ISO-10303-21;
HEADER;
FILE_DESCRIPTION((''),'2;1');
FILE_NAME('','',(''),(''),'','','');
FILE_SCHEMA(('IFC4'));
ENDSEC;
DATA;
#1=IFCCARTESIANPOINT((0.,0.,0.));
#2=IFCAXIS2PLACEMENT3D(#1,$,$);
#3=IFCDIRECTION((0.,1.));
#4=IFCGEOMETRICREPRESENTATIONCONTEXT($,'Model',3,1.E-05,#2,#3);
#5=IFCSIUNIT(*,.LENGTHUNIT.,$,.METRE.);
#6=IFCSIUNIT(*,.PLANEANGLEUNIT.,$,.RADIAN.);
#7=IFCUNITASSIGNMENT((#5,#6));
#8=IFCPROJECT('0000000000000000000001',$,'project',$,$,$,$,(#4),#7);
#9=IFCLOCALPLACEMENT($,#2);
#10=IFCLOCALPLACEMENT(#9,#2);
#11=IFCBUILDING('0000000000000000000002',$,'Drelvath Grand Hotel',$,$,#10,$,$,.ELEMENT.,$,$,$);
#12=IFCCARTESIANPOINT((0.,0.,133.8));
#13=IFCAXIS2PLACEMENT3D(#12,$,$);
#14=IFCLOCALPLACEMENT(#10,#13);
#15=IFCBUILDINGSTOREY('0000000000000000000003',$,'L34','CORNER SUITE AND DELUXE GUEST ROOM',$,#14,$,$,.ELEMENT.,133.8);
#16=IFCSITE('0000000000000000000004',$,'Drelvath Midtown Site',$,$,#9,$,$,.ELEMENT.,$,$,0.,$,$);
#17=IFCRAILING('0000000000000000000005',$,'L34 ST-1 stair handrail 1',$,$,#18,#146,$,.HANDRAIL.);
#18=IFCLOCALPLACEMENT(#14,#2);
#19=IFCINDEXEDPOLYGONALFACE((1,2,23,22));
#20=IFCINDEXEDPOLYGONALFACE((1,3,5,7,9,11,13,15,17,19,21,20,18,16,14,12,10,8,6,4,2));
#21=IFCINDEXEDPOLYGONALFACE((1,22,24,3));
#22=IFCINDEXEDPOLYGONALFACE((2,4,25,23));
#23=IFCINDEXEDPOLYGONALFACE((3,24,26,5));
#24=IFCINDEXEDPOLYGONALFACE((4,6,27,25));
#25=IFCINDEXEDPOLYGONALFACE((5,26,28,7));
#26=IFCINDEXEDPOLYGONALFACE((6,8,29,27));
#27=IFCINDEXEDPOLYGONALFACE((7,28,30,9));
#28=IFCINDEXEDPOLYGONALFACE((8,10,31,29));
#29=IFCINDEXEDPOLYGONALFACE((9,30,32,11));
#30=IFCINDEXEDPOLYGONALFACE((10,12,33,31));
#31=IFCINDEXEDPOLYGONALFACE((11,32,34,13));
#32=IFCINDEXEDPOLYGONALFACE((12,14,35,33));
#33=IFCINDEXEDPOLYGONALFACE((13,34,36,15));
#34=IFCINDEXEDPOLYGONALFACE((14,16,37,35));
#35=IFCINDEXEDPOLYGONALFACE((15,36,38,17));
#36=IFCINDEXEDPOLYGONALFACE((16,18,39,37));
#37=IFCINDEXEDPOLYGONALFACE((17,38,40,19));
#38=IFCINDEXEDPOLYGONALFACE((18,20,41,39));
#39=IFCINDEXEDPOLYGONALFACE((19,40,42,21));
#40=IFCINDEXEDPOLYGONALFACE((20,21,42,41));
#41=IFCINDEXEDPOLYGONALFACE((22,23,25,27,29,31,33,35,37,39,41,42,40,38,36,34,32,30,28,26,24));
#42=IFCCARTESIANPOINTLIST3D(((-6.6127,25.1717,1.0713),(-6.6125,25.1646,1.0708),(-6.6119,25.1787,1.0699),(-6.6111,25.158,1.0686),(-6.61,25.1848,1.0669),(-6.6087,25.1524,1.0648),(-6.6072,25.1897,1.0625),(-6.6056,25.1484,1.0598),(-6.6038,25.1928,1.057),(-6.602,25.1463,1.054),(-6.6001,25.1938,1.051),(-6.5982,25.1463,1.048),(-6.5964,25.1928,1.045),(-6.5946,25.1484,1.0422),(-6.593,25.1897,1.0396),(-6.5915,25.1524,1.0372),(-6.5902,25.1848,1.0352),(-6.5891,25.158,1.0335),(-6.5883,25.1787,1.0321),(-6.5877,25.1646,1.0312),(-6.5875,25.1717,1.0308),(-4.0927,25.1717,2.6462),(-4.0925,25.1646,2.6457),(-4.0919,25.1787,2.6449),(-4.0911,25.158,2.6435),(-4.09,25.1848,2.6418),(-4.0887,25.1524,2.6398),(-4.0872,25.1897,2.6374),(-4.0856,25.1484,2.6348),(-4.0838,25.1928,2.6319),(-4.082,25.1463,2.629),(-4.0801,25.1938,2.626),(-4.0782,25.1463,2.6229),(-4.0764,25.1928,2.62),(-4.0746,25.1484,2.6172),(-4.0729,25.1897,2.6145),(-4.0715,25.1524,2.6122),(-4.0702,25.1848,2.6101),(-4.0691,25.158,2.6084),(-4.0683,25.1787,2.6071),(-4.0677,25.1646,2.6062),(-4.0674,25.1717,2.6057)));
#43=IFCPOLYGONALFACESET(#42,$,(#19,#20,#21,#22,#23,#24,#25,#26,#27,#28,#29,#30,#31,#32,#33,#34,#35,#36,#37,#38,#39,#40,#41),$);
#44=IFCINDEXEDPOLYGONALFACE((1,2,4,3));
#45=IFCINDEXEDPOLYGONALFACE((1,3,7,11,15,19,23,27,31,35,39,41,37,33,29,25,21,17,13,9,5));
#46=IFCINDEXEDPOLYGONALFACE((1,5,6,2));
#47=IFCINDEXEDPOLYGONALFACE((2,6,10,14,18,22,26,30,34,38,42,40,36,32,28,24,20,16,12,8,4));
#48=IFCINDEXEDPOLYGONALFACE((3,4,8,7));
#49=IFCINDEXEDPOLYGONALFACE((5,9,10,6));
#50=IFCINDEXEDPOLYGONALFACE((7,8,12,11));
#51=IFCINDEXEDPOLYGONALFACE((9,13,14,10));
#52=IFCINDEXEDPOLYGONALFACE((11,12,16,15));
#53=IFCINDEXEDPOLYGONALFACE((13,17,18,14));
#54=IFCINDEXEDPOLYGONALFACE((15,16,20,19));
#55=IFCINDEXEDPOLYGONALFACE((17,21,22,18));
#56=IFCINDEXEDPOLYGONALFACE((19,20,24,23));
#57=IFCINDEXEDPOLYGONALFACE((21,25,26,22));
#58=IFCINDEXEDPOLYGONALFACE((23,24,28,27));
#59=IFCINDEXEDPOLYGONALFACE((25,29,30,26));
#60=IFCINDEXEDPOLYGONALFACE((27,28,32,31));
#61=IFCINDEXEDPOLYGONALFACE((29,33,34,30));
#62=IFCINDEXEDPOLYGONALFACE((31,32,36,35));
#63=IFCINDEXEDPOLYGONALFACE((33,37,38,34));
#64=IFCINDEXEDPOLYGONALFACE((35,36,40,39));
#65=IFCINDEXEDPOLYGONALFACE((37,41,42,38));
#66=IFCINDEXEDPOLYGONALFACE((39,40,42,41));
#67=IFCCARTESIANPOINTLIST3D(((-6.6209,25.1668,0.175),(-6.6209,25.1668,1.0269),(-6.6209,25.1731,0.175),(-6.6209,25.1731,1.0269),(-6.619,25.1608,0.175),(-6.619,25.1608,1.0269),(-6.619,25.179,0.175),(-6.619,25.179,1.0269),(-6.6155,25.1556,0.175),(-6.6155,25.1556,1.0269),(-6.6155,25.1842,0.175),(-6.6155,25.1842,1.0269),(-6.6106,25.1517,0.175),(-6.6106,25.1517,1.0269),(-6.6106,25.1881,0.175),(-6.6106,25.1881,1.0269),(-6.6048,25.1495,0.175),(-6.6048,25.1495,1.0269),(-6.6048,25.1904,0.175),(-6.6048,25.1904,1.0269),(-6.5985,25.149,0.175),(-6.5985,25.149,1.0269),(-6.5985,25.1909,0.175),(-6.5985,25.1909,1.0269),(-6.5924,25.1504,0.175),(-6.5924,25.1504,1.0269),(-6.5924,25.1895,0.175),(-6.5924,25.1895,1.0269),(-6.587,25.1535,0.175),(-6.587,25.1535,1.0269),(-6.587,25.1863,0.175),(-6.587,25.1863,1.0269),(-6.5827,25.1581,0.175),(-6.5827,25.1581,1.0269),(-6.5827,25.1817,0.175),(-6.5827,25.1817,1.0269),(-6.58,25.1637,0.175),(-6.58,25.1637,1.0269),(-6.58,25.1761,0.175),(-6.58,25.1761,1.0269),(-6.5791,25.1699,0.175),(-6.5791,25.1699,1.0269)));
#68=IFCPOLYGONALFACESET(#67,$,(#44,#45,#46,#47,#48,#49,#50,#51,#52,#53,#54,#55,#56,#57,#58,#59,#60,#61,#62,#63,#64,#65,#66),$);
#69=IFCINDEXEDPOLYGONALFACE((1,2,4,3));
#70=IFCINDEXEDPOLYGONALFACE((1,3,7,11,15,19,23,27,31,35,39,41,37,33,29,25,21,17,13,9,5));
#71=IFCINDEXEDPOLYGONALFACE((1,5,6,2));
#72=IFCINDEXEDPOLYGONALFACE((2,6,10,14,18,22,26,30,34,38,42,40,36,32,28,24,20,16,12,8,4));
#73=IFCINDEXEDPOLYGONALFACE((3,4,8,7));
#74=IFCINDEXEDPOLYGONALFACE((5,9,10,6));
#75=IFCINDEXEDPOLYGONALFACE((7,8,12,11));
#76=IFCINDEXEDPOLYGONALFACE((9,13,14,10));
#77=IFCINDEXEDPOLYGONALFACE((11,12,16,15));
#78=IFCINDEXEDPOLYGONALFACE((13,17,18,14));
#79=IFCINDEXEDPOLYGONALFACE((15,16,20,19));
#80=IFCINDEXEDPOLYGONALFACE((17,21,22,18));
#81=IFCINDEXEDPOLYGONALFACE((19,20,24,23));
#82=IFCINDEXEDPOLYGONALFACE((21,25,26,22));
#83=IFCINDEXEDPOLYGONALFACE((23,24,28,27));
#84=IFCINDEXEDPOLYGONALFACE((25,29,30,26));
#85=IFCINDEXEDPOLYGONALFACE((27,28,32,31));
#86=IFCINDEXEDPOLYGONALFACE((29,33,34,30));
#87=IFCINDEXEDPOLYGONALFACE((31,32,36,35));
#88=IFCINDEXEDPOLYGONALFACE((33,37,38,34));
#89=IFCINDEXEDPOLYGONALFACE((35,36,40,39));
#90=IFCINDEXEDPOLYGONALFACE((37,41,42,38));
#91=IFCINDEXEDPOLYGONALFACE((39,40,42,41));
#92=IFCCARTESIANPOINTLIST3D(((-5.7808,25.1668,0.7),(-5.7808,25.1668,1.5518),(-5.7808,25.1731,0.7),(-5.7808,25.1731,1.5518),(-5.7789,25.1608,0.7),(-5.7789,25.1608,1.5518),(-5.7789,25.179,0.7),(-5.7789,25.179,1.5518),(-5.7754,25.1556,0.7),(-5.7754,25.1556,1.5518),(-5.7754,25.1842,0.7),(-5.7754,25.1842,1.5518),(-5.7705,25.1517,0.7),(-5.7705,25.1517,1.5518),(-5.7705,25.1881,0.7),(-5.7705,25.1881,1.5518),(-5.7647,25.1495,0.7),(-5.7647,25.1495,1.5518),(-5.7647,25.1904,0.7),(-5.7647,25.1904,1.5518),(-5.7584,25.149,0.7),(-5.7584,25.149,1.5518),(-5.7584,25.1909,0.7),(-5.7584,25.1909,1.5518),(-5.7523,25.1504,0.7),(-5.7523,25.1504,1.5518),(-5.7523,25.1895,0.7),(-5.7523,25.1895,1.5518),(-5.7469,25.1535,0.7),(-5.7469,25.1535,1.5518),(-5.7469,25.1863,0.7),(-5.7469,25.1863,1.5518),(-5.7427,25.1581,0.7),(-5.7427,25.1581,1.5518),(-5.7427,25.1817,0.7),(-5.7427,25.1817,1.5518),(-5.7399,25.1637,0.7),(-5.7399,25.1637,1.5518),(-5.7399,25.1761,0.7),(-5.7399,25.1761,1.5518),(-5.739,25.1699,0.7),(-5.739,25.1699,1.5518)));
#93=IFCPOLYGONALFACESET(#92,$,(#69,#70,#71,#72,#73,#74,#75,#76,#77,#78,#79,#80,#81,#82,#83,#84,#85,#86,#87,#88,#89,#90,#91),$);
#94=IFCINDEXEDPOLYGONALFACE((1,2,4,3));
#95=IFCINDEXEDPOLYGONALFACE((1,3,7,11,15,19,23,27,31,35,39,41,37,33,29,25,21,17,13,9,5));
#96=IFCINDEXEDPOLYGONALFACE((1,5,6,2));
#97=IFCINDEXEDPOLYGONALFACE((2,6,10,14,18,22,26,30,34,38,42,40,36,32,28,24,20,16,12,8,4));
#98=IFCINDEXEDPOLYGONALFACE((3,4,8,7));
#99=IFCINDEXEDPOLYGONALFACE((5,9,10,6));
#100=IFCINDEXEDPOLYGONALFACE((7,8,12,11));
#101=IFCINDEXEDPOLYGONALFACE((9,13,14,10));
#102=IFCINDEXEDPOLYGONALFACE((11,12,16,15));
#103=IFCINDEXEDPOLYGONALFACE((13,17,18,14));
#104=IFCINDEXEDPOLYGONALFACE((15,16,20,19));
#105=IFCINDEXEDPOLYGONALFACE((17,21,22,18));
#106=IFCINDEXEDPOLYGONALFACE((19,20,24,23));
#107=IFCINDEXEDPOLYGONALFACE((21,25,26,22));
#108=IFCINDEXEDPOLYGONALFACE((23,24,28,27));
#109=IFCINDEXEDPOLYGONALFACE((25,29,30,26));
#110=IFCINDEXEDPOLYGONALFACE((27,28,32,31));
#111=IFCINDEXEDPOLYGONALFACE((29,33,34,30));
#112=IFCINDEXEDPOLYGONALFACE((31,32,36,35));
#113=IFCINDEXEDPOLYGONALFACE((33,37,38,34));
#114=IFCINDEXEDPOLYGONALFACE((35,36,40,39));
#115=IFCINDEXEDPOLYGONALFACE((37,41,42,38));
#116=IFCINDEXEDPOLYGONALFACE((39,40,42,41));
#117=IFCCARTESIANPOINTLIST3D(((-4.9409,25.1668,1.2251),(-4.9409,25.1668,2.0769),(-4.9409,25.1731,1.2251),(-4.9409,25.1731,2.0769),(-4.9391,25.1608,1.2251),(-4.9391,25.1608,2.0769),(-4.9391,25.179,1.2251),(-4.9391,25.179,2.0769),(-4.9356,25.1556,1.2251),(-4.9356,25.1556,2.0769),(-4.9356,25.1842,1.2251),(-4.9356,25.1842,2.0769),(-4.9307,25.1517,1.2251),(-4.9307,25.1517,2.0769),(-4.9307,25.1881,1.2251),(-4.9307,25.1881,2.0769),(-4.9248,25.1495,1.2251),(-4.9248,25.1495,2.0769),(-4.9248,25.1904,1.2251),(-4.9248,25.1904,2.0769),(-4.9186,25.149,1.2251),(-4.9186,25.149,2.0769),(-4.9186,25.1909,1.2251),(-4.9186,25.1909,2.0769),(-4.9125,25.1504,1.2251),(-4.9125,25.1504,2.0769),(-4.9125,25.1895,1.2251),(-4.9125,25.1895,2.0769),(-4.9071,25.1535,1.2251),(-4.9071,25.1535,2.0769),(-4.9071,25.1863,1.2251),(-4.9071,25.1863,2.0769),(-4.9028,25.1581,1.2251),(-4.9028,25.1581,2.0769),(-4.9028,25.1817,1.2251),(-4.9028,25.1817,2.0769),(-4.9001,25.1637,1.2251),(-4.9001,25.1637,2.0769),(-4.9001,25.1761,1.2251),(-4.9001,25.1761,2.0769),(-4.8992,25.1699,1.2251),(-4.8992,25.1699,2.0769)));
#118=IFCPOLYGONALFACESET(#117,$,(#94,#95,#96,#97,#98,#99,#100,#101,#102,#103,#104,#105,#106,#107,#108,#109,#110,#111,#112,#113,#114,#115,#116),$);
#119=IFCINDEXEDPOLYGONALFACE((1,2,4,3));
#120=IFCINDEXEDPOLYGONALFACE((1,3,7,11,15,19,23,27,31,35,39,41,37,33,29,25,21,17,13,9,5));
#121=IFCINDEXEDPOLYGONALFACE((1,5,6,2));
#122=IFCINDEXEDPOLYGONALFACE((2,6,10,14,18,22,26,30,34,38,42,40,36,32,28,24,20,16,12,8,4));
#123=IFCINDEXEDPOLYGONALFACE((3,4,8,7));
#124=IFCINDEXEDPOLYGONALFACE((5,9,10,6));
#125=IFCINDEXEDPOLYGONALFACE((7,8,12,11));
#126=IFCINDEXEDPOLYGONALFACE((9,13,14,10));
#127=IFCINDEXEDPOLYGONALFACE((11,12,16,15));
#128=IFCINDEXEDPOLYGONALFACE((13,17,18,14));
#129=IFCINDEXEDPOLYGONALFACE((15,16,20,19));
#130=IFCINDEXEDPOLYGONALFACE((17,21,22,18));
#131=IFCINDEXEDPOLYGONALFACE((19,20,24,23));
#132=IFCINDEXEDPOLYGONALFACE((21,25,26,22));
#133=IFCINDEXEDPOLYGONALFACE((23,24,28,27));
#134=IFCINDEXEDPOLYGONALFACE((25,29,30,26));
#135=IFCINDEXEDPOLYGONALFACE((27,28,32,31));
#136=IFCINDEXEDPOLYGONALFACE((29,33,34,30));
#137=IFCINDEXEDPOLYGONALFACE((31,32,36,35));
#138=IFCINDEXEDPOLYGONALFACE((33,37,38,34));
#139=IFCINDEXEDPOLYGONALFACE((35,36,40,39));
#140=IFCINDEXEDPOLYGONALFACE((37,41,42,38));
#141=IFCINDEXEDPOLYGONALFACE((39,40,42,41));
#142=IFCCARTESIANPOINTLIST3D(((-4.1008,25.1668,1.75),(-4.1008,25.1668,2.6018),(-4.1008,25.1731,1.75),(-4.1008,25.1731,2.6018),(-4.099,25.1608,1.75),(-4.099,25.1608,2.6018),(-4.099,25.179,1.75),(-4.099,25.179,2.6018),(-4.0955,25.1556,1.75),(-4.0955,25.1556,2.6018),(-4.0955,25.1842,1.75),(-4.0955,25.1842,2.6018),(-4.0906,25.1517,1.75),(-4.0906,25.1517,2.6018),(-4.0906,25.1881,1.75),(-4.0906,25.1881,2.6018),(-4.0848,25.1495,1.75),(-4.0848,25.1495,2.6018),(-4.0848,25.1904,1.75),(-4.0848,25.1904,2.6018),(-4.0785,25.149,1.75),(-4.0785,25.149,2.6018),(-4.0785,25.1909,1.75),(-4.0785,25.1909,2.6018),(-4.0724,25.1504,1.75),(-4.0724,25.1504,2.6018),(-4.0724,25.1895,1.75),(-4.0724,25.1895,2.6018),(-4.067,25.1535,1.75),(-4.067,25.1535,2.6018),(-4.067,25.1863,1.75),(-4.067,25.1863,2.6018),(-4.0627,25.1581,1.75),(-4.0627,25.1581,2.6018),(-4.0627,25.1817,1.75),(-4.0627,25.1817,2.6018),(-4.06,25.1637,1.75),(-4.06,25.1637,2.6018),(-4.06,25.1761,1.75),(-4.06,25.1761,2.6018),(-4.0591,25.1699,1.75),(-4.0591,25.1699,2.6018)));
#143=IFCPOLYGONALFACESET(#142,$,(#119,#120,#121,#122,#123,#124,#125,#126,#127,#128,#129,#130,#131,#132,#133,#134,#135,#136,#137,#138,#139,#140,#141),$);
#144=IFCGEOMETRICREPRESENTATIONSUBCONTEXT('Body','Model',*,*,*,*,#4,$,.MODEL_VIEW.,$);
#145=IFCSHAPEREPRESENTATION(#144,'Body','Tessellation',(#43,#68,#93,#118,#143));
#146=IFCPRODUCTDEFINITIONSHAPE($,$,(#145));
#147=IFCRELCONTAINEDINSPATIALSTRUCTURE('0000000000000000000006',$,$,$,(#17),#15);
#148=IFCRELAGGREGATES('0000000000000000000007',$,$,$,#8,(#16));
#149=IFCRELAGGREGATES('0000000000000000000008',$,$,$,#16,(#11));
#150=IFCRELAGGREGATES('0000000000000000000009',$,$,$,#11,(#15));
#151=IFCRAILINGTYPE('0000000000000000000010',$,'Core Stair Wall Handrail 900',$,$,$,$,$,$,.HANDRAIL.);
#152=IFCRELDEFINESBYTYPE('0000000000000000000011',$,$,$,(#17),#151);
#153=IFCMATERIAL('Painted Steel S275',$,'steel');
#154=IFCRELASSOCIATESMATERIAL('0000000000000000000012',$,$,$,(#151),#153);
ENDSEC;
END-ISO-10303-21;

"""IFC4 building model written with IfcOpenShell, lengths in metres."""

from ifc_helpers import new_model, si_unit, direction, frame, origin, origin_2d, place, context, subcontext, project, spatial, circle, extrude, material, type_object, element, save


model = new_model("IFC4")

# Units and contexts
model_context = context("Model", 3, precision=1e-05, world=origin(), true_north=direction((0.0, 1.0)))
body_context = subcontext(model_context, "Body", "Model", "MODEL_VIEW")
ifc_project = project(units=[si_unit("LENGTHUNIT", "METRE"), si_unit("PLANEANGLEUNIT", "RADIAN")], contexts=[model_context])

# Site, building, storey
site_placement = place(None, origin())
site = spatial("IfcSite", under=ifc_project, at=site_placement, Name="Drelvath Midtown Site", CompositionType="ELEMENT", RefElevation=0.0)
building_placement = place(site_placement, origin())
building = spatial("IfcBuilding", under=site, at=building_placement, Name="Drelvath Grand Hotel", CompositionType="ELEMENT")
storey_placement = place(building_placement, frame((0.0, 0.0, 133.8)))
storey = spatial("IfcBuildingStorey", under=building, at=storey_placement, Name="L34", Description="CORNER SUITE AND DELUXE GUEST ROOM", CompositionType="ELEMENT", Elevation=133.8)

# Railing
ifc_material_1 = material(Name="Painted Steel S275", Category="steel")
railing_type_1 = type_object("IfcRailingType", Name="Core Stair Wall Handrail 900", PredefinedType="HANDRAIL", material=ifc_material_1)
railing_1_placement = place(storey_placement, frame((-6.6001, 25.1699, 0.175)))
element("IfcRailing", 1, at=railing_1_placement, inside=storey, type_object=railing_type_1, Name="L34 ST-1 stair handrail 1", PredefinedType="HANDRAIL", context=body_context, shape_type="SweptSolid", body=[
    extrude(circle(Radius=0.0239, at=origin_2d()), frame((0.0, 0.0, 0.876), z_axis=(0.848008, 0.0, 0.529984), x_axis=(0.0, 1.0, 0.0)), (0.0, 0.0, 1.0), 2.9717),
    extrude(circle(Radius=0.021, at=origin_2d()), origin(), (0.0, 0.0, 1.0), 0.8518),
    extrude(circle(Radius=0.021, at=origin_2d()), frame((0.8401, 0.0, 0.5249)), (0.0, 0.0, 1.0), 0.8518),
    extrude(circle(Radius=0.021, at=origin_2d()), frame((1.6799, 0.0, 1.05)), (0.0, 0.0, 1.0), 0.8518),
    extrude(circle(Radius=0.021, at=origin_2d()), frame((2.52, 0.0, 1.575)), (0.0, 0.0, 1.0), 0.8518),
])

save(model, "model.ifc")
